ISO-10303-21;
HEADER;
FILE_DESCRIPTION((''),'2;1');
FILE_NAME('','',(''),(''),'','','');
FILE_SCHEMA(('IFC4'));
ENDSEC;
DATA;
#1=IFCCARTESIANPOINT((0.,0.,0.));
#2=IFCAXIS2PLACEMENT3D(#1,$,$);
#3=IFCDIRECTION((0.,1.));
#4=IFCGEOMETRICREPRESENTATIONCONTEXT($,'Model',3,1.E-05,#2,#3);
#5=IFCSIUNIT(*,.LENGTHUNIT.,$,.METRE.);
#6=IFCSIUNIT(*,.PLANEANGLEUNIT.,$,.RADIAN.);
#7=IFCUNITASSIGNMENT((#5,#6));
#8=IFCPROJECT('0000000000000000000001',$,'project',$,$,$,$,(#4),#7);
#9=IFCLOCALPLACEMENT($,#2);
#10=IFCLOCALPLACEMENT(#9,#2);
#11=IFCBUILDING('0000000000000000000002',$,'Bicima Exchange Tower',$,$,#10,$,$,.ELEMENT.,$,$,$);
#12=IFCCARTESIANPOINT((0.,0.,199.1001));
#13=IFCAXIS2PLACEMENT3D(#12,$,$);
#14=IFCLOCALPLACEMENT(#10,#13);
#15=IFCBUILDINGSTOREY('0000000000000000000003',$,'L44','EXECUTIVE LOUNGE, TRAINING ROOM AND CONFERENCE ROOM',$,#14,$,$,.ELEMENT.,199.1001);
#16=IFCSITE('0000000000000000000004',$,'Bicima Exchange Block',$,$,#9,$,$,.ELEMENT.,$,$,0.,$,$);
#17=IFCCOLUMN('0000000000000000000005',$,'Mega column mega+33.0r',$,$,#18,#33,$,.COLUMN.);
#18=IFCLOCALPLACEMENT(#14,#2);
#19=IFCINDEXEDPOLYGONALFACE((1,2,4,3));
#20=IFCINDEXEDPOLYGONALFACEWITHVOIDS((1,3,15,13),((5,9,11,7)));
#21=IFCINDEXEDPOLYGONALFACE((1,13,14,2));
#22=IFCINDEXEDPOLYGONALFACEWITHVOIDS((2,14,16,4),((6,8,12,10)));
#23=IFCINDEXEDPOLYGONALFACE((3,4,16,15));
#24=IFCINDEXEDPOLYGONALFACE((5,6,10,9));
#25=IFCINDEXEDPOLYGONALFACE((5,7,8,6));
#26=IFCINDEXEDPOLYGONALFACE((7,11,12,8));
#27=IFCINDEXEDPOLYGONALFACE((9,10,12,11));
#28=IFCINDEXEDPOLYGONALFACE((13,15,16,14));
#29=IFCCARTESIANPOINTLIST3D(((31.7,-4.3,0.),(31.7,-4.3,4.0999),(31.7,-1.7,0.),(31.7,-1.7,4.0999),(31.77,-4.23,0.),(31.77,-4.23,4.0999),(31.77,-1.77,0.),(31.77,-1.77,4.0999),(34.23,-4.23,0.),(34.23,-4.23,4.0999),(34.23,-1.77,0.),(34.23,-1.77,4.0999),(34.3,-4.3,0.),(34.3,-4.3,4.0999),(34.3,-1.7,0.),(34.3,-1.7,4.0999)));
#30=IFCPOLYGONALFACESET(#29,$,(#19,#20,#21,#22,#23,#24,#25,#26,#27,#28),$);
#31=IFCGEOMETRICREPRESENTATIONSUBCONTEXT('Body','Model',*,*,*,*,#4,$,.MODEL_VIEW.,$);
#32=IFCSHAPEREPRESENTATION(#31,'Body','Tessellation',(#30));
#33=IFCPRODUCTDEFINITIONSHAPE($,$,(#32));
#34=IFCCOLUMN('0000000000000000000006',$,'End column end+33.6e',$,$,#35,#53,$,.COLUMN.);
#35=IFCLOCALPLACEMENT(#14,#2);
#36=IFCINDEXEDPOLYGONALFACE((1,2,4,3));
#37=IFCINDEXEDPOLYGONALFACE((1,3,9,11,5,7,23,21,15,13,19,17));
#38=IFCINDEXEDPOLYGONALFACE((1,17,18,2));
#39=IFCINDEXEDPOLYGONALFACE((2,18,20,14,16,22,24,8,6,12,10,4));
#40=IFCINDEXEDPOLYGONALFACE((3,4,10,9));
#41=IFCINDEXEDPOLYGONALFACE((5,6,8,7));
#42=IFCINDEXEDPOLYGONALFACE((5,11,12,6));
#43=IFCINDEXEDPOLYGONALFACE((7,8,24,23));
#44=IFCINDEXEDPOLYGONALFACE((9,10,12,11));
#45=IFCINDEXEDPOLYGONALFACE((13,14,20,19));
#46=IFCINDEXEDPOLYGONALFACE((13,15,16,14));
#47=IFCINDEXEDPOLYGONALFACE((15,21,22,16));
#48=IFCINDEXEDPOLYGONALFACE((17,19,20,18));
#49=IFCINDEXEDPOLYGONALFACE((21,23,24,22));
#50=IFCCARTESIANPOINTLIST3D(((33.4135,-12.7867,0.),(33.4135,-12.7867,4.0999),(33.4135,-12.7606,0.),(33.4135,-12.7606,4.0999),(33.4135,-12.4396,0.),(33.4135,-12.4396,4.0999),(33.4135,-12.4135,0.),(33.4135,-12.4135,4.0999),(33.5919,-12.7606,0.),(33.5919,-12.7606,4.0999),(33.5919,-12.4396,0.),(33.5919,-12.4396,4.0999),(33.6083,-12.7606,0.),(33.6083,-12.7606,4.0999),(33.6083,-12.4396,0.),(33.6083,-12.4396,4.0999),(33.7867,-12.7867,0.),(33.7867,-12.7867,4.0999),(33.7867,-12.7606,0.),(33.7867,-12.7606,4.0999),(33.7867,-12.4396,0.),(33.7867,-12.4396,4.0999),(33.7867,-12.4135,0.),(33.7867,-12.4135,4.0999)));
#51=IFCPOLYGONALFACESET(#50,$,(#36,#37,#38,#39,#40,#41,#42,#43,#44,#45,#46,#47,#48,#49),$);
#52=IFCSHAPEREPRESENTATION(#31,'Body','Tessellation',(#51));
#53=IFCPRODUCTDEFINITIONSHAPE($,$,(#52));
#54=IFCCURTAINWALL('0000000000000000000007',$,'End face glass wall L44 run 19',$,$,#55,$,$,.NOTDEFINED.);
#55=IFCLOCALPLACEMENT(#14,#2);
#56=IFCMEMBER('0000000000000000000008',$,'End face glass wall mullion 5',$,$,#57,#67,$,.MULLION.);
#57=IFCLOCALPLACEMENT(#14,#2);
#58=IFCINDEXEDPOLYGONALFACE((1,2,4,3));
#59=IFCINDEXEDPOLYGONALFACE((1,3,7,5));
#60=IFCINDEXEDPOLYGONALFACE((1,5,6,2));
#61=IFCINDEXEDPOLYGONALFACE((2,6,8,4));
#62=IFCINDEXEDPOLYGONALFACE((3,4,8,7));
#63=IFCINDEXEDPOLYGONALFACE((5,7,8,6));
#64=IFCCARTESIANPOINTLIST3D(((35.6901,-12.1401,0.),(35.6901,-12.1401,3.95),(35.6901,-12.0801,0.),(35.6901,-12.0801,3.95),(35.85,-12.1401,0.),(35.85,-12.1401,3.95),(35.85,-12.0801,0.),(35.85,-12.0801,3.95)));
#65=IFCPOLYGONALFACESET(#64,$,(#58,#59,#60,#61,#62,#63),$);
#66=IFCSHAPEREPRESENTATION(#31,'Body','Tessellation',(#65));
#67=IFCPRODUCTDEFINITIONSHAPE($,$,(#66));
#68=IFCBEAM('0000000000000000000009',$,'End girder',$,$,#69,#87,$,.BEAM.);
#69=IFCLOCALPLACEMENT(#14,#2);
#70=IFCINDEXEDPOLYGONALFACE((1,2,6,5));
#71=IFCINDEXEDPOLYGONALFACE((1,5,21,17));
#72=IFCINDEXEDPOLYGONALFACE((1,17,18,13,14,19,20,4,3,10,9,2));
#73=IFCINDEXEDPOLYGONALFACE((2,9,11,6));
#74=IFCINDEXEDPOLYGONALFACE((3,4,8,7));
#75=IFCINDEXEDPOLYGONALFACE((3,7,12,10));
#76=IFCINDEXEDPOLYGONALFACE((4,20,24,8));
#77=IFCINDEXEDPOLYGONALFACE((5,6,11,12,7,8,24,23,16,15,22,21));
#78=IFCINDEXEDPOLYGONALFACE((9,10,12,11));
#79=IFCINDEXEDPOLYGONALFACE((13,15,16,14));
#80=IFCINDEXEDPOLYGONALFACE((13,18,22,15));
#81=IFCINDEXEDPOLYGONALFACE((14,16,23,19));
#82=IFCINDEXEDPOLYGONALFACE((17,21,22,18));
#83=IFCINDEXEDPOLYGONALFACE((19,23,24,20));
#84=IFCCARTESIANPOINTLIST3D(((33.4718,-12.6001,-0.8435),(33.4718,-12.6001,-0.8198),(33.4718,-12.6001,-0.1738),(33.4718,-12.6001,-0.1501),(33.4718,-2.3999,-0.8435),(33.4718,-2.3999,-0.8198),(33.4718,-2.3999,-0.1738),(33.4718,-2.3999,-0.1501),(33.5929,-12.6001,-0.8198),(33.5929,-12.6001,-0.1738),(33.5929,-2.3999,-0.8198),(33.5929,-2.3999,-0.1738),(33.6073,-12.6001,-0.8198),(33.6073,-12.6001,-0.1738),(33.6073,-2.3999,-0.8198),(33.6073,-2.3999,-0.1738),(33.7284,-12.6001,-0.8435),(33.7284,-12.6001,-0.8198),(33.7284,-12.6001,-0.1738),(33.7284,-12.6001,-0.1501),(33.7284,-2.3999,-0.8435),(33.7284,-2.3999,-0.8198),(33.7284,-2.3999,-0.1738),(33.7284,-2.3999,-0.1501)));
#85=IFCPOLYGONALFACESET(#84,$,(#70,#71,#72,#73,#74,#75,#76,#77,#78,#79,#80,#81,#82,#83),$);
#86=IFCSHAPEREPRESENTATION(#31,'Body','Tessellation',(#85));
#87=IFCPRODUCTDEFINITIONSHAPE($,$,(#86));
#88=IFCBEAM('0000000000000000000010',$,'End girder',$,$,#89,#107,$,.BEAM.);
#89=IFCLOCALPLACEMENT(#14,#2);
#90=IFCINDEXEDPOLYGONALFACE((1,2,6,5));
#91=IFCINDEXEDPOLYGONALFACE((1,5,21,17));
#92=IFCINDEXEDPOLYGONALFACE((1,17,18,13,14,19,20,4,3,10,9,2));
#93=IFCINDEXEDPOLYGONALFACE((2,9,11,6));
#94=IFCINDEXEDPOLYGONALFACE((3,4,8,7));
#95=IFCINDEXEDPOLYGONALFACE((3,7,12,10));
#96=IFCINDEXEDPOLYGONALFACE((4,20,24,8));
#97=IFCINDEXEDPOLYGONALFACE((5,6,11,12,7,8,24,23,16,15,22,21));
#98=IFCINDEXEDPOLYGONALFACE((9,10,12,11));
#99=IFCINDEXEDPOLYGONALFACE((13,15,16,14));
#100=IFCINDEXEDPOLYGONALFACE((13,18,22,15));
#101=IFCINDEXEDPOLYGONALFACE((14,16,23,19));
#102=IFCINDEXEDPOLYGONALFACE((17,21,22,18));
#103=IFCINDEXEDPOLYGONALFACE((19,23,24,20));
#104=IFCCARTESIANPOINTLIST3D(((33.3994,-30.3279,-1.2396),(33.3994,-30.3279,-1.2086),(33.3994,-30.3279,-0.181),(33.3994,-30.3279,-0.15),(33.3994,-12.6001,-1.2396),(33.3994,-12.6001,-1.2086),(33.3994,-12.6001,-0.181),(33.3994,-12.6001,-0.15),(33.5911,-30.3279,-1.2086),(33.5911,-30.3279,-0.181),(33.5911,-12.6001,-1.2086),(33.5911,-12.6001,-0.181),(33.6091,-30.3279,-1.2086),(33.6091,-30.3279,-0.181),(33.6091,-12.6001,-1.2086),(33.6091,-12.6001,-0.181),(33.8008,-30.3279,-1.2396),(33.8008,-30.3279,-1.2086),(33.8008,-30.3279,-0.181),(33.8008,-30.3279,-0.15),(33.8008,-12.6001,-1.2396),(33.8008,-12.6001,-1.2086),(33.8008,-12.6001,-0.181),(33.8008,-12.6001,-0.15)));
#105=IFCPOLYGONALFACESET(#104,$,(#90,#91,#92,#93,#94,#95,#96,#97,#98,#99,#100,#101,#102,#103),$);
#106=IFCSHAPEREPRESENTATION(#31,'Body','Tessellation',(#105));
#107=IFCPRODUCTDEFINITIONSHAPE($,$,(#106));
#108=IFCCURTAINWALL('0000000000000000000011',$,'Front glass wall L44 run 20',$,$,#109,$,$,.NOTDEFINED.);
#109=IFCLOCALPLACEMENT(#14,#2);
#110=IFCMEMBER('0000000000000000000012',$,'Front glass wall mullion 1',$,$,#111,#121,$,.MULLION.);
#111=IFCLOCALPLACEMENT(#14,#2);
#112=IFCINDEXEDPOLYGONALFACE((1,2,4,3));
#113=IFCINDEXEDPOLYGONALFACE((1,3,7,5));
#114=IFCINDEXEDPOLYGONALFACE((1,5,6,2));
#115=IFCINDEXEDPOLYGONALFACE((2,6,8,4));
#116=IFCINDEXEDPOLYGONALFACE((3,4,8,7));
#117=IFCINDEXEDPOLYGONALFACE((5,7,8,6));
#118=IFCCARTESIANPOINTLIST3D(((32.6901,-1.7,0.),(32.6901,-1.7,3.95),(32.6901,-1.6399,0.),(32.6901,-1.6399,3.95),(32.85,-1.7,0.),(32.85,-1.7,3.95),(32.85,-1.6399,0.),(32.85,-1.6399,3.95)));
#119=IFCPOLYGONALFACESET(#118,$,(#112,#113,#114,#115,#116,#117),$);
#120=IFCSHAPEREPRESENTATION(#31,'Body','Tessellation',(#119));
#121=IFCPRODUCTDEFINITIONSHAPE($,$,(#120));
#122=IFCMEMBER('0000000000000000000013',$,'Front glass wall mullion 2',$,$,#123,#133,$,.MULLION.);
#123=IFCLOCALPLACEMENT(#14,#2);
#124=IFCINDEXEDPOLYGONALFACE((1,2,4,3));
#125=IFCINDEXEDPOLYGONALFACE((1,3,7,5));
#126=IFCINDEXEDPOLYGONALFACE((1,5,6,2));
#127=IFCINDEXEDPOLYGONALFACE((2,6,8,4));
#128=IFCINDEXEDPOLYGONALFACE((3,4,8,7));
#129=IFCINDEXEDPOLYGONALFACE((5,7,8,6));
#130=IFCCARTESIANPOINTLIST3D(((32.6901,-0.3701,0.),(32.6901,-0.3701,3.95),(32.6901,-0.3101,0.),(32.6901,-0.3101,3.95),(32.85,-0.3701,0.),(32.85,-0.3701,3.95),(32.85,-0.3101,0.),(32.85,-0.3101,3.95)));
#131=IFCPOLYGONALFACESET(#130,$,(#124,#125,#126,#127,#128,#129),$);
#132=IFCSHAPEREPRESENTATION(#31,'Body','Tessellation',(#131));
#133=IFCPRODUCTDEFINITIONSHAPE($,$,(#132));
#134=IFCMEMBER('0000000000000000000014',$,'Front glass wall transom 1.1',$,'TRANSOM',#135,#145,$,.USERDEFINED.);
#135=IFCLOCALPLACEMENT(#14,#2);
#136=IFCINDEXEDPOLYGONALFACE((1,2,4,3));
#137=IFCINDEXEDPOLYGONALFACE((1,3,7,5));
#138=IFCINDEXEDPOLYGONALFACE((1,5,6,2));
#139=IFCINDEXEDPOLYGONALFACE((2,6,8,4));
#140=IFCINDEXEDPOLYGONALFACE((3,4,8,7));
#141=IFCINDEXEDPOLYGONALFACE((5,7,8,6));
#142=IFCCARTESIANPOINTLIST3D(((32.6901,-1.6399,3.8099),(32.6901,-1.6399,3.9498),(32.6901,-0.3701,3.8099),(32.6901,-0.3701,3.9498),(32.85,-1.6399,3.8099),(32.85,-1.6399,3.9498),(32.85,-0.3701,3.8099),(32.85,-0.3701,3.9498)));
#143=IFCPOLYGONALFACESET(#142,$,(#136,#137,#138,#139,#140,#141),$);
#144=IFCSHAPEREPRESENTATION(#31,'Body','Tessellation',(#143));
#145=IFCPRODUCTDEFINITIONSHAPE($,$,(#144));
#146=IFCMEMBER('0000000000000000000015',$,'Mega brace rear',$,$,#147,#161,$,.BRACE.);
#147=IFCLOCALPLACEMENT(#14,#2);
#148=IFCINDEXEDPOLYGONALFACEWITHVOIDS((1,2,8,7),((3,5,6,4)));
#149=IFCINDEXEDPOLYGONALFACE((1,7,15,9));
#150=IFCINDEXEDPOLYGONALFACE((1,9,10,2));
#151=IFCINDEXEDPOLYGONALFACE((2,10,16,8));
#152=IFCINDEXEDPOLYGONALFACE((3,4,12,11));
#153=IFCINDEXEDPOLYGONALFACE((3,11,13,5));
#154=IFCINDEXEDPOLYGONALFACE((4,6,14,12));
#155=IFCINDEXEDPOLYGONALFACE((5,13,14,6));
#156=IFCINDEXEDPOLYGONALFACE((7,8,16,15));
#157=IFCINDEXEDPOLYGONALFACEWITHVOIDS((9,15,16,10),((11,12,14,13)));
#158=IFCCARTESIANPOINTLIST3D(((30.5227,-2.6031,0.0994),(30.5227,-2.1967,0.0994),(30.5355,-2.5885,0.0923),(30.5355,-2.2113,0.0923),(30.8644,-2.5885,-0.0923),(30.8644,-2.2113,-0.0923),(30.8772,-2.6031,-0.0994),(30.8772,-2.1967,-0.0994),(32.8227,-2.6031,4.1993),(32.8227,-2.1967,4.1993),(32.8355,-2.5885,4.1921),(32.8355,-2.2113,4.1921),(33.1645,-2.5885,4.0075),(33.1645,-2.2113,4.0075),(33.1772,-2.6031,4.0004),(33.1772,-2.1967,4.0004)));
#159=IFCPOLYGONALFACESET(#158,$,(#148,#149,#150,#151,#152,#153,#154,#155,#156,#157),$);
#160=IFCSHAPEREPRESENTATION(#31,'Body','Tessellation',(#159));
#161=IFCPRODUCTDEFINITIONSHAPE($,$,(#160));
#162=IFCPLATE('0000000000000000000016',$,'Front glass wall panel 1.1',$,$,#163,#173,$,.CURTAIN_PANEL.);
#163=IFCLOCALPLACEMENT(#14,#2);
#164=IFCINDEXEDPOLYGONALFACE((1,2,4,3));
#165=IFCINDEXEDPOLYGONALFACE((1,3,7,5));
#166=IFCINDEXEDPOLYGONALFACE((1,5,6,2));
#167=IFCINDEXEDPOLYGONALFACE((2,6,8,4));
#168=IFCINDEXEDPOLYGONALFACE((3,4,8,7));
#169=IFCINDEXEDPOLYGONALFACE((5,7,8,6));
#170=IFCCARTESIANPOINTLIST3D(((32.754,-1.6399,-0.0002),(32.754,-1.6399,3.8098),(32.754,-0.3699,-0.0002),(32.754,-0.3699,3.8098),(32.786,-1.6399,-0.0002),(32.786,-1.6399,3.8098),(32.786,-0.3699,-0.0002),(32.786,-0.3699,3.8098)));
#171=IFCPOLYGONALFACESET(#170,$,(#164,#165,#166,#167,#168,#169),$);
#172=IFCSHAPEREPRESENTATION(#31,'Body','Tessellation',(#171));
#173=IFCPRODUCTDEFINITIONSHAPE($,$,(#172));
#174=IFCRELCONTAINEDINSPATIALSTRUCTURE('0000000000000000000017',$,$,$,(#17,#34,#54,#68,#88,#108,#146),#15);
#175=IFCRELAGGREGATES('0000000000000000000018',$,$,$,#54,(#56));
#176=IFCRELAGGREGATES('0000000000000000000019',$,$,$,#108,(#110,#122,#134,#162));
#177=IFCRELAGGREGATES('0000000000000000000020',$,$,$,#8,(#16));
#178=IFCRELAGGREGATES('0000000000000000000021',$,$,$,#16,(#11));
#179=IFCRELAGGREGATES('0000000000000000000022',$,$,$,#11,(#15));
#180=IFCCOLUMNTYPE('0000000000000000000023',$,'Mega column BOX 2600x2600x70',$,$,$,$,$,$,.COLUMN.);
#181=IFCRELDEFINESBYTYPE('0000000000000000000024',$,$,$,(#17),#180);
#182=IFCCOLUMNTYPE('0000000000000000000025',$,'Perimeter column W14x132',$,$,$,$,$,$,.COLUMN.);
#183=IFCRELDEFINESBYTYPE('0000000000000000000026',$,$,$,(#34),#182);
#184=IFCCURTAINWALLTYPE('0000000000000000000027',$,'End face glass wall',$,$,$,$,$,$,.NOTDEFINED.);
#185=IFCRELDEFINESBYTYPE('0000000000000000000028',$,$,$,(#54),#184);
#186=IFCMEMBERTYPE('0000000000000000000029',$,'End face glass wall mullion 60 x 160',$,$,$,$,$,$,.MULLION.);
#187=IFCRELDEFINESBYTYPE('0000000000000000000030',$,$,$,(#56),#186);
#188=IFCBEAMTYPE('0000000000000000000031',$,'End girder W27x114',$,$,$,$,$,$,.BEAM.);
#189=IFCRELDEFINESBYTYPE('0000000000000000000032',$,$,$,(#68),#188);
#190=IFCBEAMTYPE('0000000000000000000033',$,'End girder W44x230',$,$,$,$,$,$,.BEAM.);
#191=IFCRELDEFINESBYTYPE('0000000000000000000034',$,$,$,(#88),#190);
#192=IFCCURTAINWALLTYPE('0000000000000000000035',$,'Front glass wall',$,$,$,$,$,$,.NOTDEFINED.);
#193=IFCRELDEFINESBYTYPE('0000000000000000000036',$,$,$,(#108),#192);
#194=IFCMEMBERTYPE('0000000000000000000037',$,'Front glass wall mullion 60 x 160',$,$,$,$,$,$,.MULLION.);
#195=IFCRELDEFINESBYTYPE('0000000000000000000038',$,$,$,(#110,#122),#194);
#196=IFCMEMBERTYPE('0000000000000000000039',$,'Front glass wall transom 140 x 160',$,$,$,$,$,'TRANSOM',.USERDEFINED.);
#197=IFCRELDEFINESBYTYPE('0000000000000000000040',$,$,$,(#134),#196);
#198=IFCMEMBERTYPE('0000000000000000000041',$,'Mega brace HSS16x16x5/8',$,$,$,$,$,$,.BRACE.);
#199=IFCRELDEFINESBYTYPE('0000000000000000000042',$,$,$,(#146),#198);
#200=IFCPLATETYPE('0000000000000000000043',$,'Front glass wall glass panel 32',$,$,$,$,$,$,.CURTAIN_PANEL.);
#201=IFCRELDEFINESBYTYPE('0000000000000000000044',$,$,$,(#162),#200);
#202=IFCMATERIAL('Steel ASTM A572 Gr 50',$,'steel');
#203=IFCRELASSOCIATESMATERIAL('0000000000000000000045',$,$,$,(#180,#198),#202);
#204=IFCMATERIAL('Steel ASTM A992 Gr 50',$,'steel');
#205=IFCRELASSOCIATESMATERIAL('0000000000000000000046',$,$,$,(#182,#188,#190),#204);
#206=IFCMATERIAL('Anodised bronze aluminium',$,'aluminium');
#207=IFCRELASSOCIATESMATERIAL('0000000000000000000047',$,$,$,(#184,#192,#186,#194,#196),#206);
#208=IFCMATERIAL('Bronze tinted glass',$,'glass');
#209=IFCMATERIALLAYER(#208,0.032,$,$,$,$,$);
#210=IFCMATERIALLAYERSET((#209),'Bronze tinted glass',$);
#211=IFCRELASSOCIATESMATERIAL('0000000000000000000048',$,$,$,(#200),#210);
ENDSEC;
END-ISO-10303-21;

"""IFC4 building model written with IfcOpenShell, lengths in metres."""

from ifc_helpers import new_model, si_unit, direction, frame, origin, origin_2d, place, context, subcontext, project, spatial, rectangle, hollow_rectangle, i_section, extrude, material, layer, layer_set, material_profile, profile_set, type_object, element, aggregate, save


model = new_model("IFC4")

# Units and contexts
model_context = context("Model", 3, precision=1e-05, world=origin(), true_north=direction((0.0, 1.0)))
body_context = subcontext(model_context, "Body", "Model", "MODEL_VIEW")
ifc_project = project(units=[si_unit("LENGTHUNIT", "METRE"), si_unit("PLANEANGLEUNIT", "RADIAN")], contexts=[model_context])

# Site, building, storey
site_placement = place(None, origin())
site = spatial("IfcSite", under=ifc_project, at=site_placement, Name="Bicima Exchange Block", CompositionType="ELEMENT", RefElevation=0.0)
building_placement = place(site_placement, origin())
building = spatial("IfcBuilding", under=site, at=building_placement, Name="Bicima Exchange Tower", CompositionType="ELEMENT")
storey_placement = place(building_placement, frame((0.0, 0.0, 199.1001)))
storey = spatial("IfcBuildingStorey", under=building, at=storey_placement, Name="L44", Description="EXECUTIVE LOUNGE, TRAINING ROOM AND CONFERENCE ROOM", CompositionType="ELEMENT", Elevation=199.1001)

# Columns
ifc_material_1 = material(Name="Steel ASTM A572 Gr 50", Category="steel")
ifc_material_profile_1 = material_profile(ifc_material_1, hollow_rectangle(XDim=2.6001, YDim=2.6001, WallThickness=0.0701, at=origin_2d()))
ifc_profile_set_1 = profile_set([ifc_material_profile_1], Name="Steel ASTM A572 Gr 50")
column_type_1 = type_object("IfcColumnType", Name="Mega column BOX 2600x2600x70", PredefinedType="COLUMN", material=ifc_profile_set_1)
column_1_placement = place(storey_placement, frame((33.0, -3.0, 0.0), z_axis=(0.0, 0.0, 1.0), x_axis=(1.0, 0.0, 0.0)))
element("IfcColumn", 1, at=column_1_placement, inside=storey, type_object=column_type_1, Name="Mega column mega+33.0r", PredefinedType="COLUMN", context=body_context, shape_type="SweptSolid", body=[
    extrude(hollow_rectangle(XDim=2.6001, YDim=2.6001, WallThickness=0.0701, at=origin_2d()), origin(), (0.0, 0.0, 1.0), 4.0999),
])
ifc_material_2 = material(Name="Steel ASTM A992 Gr 50", Category="steel")
ifc_material_profile_2 = material_profile(ifc_material_2, i_section(OverallWidth=0.3733, OverallDepth=0.3733, WebThickness=0.0164, FlangeThickness=0.0261, at=origin_2d()))
ifc_profile_set_2 = profile_set([ifc_material_profile_2], Name="Steel ASTM A992 Gr 50")
column_type_2 = type_object("IfcColumnType", Name="Perimeter column W14x132", PredefinedType="COLUMN", material=ifc_profile_set_2)
column_2_placement = place(storey_placement, frame((33.6001, -12.6001, 0.0), z_axis=(0.0, 0.0, 1.0), x_axis=(1.0, 0.0, 0.0)))
element("IfcColumn", 2, at=column_2_placement, inside=storey, type_object=column_type_2, Name="End column end+33.6e", PredefinedType="COLUMN", context=body_context, shape_type="SweptSolid", body=[
    extrude(i_section(OverallWidth=0.3733, OverallDepth=0.3733, WebThickness=0.0164, FlangeThickness=0.0261, at=origin_2d()), origin(), (0.0, 0.0, 1.0), 4.0999),
])

# Curtain wall, member
ifc_material_3 = material(Name="Anodised bronze aluminium", Category="aluminium")
curtain_wall_type_1 = type_object("IfcCurtainWallType", Name="End face glass wall", PredefinedType="NOTDEFINED", material=ifc_material_3)
curtain_wall_1_placement = place(storey_placement, origin())
curtain_wall_1 = element("IfcCurtainWall", 3, at=curtain_wall_1_placement, inside=storey, type_object=curtain_wall_type_1, Name="End face glass wall L44 run 19", PredefinedType="NOTDEFINED")
ifc_material_profile_3 = material_profile(ifc_material_3, rectangle(XDim=0.1599, YDim=0.0601, at=origin_2d()))
ifc_profile_set_3 = profile_set([ifc_material_profile_3], Name="Anodised bronze aluminium")
member_type_1 = type_object("IfcMemberType", Name="End face glass wall mullion 60 x 160", PredefinedType="MULLION", material=ifc_profile_set_3)
member_1_placement = place(storey_placement, frame((35.77, -12.1101, 0.0), z_axis=(0.0, 0.0, 1.0), x_axis=(-1.0, 0.0, 0.0)))
member_1 = element("IfcMember", 4, at=member_1_placement, type_object=member_type_1, Name="End face glass wall mullion 5", PredefinedType="MULLION", context=body_context, shape_type="SweptSolid", body=[
    extrude(rectangle(XDim=0.1599, YDim=0.0601, at=origin_2d()), origin(), (0.0, 0.0, 1.0), 3.95),
])
aggregate(curtain_wall_1, [member_1])

# Beams
ifc_material_profile_4 = material_profile(ifc_material_2, i_section(OverallWidth=0.2566, OverallDepth=0.6934, WebThickness=0.0144, FlangeThickness=0.0237, at=origin_2d()))
ifc_profile_set_4 = profile_set([ifc_material_profile_4], Name="Steel ASTM A992 Gr 50")
beam_type_1 = type_object("IfcBeamType", Name="End girder W27x114", PredefinedType="BEAM", material=ifc_profile_set_4)
beam_1_placement = place(storey_placement, frame((33.6001, -2.3999, -0.4968), z_axis=(0.0, -1.0, 0.0), x_axis=(1.0, 0.0, 0.0)))
element("IfcBeam", 5, at=beam_1_placement, inside=storey, type_object=beam_type_1, Name="End girder", PredefinedType="BEAM", context=body_context, shape_type="SweptSolid", body=[
    extrude(i_section(OverallWidth=0.2566, OverallDepth=0.6934, WebThickness=0.0144, FlangeThickness=0.0237, at=origin_2d()), origin(), (0.0, 0.0, 1.0), 10.2002),
])
ifc_material_profile_5 = material_profile(ifc_material_2, i_section(OverallWidth=0.4014, OverallDepth=1.0896, WebThickness=0.0181, FlangeThickness=0.031, at=origin_2d()))
ifc_profile_set_5 = profile_set([ifc_material_profile_5], Name="Steel ASTM A992 Gr 50")
beam_type_2 = type_object("IfcBeamType", Name="End girder W44x230", PredefinedType="BEAM", material=ifc_profile_set_5)
beam_2_placement = place(storey_placement, frame((33.6001, -12.6001, -0.6948), z_axis=(0.0, -1.0, 0.0), x_axis=(1.0, 0.0, 0.0)))
element("IfcBeam", 6, at=beam_2_placement, inside=storey, type_object=beam_type_2, Name="End girder", PredefinedType="BEAM", context=body_context, shape_type="SweptSolid", body=[
    extrude(i_section(OverallWidth=0.4014, OverallDepth=1.0896, WebThickness=0.0181, FlangeThickness=0.031, at=origin_2d()), origin(), (0.0, 0.0, 1.0), 17.7278),
])

# Curtain wall, members
curtain_wall_type_2 = type_object("IfcCurtainWallType", Name="Front glass wall", PredefinedType="NOTDEFINED", material=ifc_material_3)
curtain_wall_2_placement = place(storey_placement, origin())
curtain_wall_2 = element("IfcCurtainWall", 7, at=curtain_wall_2_placement, inside=storey, type_object=curtain_wall_type_2, Name="Front glass wall L44 run 20", PredefinedType="NOTDEFINED")
member_type_2 = type_object("IfcMemberType", Name="Front glass wall mullion 60 x 160", PredefinedType="MULLION", material=ifc_profile_set_3)
member_2_placement = place(storey_placement, frame((32.77, -1.6699, 0.0), z_axis=(0.0, 0.0, 1.0), x_axis=(-1.0, 0.0, 0.0)))
member_2 = element("IfcMember", 8, at=member_2_placement, type_object=member_type_2, Name="Front glass wall mullion 1", PredefinedType="MULLION", context=body_context, shape_type="SweptSolid", body=[
    extrude(rectangle(XDim=0.1599, YDim=0.0601, at=origin_2d()), origin(), (0.0, 0.0, 1.0), 3.95),
])
member_3_placement = place(storey_placement, frame((32.77, -0.3401, 0.0), z_axis=(0.0, 0.0, 1.0), x_axis=(-1.0, 0.0, 0.0)))
member_3 = element("IfcMember", 9, at=member_3_placement, type_object=member_type_2, Name="Front glass wall mullion 2", PredefinedType="MULLION", context=body_context, shape_type="SweptSolid", body=[
    extrude(rectangle(XDim=0.1599, YDim=0.0601, at=origin_2d()), origin(), (0.0, 0.0, 1.0), 3.95),
])
ifc_material_profile_6 = material_profile(ifc_material_3, rectangle(XDim=0.1599, YDim=0.1399, at=origin_2d()))
ifc_profile_set_6 = profile_set([ifc_material_profile_6], Name="Anodised bronze aluminium")
member_type_3 = type_object("IfcMemberType", Name="Front glass wall transom 140 x 160", ElementType="TRANSOM", PredefinedType="USERDEFINED", material=ifc_profile_set_6)
member_4_placement = place(storey_placement, frame((32.77, -1.6399, 3.8799), z_axis=(0.0, 1.0, 0.0), x_axis=(-1.0, 0.0, 0.0)))
member_4 = element("IfcMember", 10, at=member_4_placement, type_object=member_type_3, Name="Front glass wall transom 1.1", ObjectType="TRANSOM", PredefinedType="USERDEFINED", context=body_context, shape_type="SweptSolid", body=[
    extrude(rectangle(XDim=0.1599, YDim=0.1399, at=origin_2d()), origin(), (0.0, 0.0, 1.0), 1.2698),
])

# Member
ifc_material_profile_7 = material_profile(ifc_material_1, hollow_rectangle(XDim=0.4065, YDim=0.4065, WallThickness=0.0146, at=origin_2d()))
ifc_profile_set_7 = profile_set([ifc_material_profile_7], Name="Steel ASTM A572 Gr 50")
member_type_4 = type_object("IfcMemberType", Name="Mega brace HSS16x16x5/8", PredefinedType="BRACE", material=ifc_profile_set_7)
member_5_placement = place(storey_placement, frame((30.7, -2.3999, 0.0), z_axis=(0.489272, 0.0, 0.872131), x_axis=(0.0, 1.0, 0.0)))
element("IfcMember", 11, at=member_5_placement, inside=storey, type_object=member_type_4, Name="Mega brace rear", PredefinedType="BRACE", context=body_context, shape_type="SweptSolid", body=[
    extrude(hollow_rectangle(XDim=0.4065, YDim=0.4065, WallThickness=0.0146, at=origin_2d()), origin(), (0.0, 0.0, 1.0), 4.7009),
])

# Plate
ifc_material_4 = material(Name="Bronze tinted glass", Category="glass")
ifc_layer_1 = layer(ifc_material_4, 0.032)
ifc_layer_set_1 = layer_set([ifc_layer_1], Name="Bronze tinted glass")
plate_type = type_object("IfcPlateType", Name="Front glass wall glass panel 32", PredefinedType="CURTAIN_PANEL", material=ifc_layer_set_1)
plate_placement = place(storey_placement, frame((32.77, -1.0049, -0.0002), z_axis=(0.0, 0.0, 1.0), x_axis=(0.0, 1.0, 0.0)))
plate = element("IfcPlate", 12, at=plate_placement, type_object=plate_type, Name="Front glass wall panel 1.1", PredefinedType="CURTAIN_PANEL", context=body_context, shape_type="SweptSolid", body=[
    extrude(rectangle(XDim=1.27, YDim=0.032, at=origin_2d()), origin(), (0.0, 0.0, 1.0), 3.8101),
])
aggregate(curtain_wall_2, [member_2, member_3, member_4, plate])

save(model, "model.ifc")
